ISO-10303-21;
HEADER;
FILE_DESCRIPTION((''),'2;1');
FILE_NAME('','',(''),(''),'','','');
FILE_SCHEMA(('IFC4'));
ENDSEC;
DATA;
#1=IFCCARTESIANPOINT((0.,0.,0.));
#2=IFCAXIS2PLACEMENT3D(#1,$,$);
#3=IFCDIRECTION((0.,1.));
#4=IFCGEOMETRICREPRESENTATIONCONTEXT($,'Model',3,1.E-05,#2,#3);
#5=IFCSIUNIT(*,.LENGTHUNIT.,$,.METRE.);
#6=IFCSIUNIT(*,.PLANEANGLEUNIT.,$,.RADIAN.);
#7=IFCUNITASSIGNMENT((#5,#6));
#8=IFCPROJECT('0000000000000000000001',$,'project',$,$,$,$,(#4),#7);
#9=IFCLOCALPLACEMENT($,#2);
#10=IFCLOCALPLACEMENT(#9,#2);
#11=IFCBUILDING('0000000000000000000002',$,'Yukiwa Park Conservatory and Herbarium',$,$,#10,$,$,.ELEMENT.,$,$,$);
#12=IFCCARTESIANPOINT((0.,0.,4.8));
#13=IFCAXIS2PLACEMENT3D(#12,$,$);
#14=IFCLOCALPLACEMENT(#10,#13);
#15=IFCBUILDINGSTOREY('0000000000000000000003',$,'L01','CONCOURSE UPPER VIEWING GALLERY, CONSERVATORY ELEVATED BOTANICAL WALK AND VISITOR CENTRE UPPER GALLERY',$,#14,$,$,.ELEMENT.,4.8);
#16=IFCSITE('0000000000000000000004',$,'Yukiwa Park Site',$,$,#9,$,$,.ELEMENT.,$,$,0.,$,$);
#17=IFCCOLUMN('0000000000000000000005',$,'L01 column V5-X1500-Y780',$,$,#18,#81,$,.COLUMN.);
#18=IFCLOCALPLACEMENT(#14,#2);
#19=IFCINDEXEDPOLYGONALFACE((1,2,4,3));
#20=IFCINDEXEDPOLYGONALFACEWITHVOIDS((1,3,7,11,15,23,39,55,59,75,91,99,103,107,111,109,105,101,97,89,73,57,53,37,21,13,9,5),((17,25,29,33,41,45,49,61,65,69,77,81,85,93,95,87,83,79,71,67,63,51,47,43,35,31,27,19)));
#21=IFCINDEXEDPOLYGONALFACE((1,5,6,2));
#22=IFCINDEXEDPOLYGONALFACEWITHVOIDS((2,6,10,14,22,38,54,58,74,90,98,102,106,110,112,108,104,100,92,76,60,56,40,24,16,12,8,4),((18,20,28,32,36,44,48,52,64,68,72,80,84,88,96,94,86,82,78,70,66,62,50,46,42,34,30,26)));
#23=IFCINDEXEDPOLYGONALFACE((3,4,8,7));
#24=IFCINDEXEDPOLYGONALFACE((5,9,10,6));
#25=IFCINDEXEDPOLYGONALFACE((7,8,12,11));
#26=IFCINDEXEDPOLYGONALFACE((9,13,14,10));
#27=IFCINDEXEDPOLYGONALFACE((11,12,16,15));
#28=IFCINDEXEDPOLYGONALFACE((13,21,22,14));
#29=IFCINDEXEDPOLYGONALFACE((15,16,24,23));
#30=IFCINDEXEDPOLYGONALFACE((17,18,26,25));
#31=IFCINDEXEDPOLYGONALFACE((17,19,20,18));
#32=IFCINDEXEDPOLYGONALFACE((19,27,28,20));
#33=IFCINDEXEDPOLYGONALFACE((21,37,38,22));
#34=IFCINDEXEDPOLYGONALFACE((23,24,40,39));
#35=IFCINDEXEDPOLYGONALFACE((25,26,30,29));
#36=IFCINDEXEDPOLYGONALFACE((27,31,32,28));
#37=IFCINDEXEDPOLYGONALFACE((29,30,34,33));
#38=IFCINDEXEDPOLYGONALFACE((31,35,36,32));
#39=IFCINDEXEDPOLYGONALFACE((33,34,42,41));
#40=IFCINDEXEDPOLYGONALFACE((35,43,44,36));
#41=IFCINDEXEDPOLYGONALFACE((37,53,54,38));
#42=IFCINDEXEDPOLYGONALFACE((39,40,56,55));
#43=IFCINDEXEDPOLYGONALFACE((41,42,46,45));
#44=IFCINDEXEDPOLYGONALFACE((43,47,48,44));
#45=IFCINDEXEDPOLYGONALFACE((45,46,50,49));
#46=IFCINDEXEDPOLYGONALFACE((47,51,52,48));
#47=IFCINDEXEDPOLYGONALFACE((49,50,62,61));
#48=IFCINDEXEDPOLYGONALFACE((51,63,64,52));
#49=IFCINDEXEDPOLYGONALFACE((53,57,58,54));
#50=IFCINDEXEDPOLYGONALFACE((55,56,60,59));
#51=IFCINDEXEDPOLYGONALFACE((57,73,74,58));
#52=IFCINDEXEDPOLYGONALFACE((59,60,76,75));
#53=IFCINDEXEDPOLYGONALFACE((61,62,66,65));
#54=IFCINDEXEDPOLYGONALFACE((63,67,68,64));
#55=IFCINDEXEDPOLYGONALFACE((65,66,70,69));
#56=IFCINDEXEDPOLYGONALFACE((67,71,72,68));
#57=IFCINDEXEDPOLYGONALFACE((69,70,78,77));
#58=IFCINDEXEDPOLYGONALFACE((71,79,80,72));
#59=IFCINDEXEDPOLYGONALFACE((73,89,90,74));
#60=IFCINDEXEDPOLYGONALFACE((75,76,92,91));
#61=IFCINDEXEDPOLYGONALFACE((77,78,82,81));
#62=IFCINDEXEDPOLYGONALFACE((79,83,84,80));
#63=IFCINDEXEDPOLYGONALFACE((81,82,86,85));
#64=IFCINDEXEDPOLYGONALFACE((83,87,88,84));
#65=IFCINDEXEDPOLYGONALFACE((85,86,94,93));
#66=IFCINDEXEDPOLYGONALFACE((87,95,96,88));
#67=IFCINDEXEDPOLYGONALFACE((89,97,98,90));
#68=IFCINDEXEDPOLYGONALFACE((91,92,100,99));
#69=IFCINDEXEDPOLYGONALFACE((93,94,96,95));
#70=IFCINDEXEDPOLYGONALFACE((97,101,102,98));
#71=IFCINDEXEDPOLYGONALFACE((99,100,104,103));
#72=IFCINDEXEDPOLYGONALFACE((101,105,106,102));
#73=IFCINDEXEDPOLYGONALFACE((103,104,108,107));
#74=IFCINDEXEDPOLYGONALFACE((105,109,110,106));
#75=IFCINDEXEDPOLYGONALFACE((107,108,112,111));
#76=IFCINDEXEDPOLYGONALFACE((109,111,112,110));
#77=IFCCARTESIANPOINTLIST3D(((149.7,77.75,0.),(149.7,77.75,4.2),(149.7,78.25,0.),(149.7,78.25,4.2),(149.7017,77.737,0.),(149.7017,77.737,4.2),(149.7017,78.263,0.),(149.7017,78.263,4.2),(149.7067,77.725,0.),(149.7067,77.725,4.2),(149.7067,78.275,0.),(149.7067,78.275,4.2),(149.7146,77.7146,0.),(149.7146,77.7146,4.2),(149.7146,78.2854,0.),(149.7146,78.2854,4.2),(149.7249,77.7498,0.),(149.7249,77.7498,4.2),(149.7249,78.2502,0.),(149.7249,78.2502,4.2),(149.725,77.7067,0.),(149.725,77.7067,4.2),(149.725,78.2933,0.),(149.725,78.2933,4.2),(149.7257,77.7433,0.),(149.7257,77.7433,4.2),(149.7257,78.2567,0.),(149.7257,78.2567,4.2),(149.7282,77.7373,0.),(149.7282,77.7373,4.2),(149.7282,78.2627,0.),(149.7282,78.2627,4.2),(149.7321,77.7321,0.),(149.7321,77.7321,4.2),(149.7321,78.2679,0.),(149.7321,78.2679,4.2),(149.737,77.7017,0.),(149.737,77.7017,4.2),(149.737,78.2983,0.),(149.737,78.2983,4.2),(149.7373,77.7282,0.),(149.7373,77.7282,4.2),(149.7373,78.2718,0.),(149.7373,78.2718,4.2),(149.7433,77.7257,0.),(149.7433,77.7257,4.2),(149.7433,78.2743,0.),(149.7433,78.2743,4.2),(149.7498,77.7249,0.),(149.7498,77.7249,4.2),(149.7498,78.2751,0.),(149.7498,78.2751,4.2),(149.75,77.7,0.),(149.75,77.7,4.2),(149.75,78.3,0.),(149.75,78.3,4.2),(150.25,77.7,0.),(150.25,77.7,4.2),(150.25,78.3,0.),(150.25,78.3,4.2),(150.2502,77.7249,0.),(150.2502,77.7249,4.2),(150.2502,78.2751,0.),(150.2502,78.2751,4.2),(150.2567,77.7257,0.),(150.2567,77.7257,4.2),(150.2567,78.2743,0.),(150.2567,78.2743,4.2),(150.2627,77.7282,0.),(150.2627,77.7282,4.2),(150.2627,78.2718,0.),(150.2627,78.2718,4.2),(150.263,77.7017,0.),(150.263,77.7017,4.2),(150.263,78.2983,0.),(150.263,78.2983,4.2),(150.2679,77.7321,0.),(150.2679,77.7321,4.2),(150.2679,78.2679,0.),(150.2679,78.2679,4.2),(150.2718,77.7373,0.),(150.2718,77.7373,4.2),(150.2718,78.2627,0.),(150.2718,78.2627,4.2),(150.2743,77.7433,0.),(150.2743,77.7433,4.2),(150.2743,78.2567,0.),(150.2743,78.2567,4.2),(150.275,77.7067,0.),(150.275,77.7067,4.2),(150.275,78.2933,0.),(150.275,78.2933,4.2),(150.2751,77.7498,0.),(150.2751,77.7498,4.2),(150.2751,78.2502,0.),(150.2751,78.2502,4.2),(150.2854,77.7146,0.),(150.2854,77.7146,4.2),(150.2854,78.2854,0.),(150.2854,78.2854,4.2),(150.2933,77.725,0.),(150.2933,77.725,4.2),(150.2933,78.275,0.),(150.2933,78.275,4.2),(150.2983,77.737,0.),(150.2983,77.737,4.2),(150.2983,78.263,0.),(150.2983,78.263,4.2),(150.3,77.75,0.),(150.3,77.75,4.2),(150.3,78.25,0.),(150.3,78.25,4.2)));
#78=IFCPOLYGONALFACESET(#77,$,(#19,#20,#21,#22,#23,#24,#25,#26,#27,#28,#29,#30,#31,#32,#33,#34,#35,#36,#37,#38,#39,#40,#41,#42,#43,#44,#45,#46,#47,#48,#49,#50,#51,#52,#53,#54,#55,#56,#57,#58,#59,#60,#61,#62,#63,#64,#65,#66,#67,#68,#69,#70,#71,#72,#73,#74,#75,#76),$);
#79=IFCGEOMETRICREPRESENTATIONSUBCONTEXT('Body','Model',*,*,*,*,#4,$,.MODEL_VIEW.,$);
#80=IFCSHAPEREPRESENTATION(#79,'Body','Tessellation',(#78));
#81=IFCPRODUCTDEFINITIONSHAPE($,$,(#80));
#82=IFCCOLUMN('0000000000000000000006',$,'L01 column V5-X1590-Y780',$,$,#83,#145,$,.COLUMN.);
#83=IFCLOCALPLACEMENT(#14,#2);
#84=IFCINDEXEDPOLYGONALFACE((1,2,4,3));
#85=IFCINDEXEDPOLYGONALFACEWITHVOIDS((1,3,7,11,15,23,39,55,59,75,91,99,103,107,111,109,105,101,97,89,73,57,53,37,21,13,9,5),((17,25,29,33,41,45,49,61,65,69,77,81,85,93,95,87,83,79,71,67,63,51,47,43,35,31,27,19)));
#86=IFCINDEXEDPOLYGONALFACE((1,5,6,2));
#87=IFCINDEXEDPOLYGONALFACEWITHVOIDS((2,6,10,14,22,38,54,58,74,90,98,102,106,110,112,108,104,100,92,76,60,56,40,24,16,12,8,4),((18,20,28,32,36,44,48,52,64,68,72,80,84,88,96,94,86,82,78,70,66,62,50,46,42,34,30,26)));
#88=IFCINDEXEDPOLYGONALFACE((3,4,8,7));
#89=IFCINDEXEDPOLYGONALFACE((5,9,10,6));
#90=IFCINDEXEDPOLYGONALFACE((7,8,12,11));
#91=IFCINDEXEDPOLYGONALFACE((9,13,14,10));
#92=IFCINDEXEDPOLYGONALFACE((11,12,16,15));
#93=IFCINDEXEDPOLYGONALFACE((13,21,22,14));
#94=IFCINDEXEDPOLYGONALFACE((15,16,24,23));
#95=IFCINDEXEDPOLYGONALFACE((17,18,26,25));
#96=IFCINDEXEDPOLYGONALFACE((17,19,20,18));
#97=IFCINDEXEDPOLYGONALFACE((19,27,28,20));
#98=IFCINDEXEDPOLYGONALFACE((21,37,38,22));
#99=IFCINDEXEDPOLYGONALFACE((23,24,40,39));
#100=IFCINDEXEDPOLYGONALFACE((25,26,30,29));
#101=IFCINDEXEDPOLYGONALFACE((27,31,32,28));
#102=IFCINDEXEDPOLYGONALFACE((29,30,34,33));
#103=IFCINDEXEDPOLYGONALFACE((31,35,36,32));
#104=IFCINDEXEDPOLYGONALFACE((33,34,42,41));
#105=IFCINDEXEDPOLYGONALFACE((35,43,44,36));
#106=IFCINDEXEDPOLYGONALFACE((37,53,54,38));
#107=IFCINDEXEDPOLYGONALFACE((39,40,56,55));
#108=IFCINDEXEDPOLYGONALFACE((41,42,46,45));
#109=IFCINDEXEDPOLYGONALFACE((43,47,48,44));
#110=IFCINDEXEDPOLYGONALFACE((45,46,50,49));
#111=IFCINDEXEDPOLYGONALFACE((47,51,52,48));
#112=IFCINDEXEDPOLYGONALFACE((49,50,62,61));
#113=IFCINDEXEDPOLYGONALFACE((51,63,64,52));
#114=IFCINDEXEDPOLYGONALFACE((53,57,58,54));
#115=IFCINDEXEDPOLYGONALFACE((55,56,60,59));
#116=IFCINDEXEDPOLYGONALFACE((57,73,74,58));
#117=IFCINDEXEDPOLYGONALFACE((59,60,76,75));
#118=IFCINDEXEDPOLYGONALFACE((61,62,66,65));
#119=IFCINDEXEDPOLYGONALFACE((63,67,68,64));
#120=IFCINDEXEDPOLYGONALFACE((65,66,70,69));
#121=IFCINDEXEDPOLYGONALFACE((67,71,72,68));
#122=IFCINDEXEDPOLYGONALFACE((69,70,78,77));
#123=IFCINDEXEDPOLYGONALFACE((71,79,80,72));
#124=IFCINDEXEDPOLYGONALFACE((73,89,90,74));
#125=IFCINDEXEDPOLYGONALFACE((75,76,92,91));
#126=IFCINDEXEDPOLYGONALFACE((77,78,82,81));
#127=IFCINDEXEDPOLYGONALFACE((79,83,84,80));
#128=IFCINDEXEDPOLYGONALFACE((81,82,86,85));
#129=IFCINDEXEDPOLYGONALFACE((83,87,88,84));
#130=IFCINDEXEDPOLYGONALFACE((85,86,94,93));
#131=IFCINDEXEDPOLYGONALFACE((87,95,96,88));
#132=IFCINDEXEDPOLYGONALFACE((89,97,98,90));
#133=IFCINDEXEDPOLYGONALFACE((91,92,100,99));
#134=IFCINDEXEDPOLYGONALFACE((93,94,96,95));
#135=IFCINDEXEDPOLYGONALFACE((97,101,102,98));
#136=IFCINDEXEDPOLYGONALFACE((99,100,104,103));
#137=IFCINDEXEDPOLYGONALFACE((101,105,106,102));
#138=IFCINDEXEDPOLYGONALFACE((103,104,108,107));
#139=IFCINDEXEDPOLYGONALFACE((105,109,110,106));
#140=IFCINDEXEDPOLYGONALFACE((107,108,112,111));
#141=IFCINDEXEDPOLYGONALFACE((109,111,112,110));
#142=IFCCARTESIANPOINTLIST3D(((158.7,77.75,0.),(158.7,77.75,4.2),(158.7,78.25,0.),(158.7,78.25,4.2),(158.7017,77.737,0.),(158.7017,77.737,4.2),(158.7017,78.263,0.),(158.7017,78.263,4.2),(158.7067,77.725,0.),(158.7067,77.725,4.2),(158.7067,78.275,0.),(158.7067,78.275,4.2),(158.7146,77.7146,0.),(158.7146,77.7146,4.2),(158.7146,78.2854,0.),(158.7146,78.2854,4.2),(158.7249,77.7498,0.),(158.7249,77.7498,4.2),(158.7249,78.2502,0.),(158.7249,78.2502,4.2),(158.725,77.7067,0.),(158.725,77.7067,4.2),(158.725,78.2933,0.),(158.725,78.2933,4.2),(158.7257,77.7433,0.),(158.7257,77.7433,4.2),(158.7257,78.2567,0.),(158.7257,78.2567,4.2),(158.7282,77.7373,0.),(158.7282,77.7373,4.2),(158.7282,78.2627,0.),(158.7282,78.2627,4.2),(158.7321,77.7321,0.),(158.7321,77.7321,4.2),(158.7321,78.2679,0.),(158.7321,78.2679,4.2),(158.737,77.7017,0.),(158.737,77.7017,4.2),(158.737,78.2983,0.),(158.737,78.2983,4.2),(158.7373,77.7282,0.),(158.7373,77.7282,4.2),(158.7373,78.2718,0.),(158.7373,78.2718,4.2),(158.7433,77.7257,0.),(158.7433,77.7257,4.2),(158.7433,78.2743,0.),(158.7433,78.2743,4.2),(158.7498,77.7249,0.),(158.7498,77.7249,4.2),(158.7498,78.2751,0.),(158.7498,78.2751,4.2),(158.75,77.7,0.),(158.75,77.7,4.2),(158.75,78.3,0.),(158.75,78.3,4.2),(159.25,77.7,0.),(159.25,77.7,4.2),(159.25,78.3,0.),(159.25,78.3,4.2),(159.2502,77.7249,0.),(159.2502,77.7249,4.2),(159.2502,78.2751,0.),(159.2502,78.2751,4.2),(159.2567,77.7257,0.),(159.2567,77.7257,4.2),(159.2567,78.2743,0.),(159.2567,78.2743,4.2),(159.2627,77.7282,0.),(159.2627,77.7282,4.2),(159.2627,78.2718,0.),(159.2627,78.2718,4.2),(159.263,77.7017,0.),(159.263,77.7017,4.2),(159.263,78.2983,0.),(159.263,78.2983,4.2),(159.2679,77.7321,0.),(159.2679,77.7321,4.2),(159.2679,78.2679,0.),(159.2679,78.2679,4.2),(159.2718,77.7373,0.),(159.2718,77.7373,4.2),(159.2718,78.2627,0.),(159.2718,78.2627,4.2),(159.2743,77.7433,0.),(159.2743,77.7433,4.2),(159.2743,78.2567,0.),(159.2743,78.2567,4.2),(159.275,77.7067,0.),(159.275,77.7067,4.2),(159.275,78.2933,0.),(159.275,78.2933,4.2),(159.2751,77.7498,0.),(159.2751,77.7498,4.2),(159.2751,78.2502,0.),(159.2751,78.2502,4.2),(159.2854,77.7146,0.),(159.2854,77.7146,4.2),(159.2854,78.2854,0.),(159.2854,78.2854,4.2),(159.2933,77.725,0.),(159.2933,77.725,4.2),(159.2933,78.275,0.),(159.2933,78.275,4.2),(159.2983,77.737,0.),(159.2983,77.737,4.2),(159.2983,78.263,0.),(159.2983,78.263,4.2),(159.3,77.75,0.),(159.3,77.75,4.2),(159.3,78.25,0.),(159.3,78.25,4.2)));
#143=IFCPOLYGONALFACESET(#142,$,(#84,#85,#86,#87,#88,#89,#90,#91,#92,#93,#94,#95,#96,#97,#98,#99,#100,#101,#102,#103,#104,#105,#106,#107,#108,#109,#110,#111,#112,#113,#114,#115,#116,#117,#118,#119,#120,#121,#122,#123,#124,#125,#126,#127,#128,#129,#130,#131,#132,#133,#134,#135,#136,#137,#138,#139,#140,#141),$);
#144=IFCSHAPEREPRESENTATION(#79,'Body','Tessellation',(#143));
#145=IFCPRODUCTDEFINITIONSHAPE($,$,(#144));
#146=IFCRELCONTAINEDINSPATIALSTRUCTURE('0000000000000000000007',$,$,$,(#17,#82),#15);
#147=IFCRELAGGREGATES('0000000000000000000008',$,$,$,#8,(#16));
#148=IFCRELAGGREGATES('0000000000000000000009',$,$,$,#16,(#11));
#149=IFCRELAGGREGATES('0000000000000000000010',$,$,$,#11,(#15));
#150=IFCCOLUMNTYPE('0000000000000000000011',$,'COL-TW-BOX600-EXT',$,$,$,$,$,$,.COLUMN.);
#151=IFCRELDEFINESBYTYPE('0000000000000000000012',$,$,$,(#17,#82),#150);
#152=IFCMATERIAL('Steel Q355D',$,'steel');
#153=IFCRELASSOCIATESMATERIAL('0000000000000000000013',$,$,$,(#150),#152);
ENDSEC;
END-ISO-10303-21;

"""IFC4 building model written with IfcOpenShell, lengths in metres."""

from ifc_helpers import new_model, si_unit, direction, frame, origin, origin_2d, place, context, subcontext, project, spatial, hollow_rectangle, extrude, material, material_profile, profile_set, type_object, element, save


model = new_model("IFC4")

# Units and contexts
model_context = context("Model", 3, precision=1e-05, world=origin(), true_north=direction((0.0, 1.0)))
body_context = subcontext(model_context, "Body", "Model", "MODEL_VIEW")
ifc_project = project(units=[si_unit("LENGTHUNIT", "METRE"), si_unit("PLANEANGLEUNIT", "RADIAN")], contexts=[model_context])

# Site, building, storey
site_placement = place(None, origin())
site = spatial("IfcSite", under=ifc_project, at=site_placement, Name="Yukiwa Park Site", CompositionType="ELEMENT", RefElevation=0.0)
building_placement = place(site_placement, origin())
building = spatial("IfcBuilding", under=site, at=building_placement, Name="Yukiwa Park Conservatory and Herbarium", CompositionType="ELEMENT")
storey_placement = place(building_placement, frame((0.0, 0.0, 4.8)))
storey = spatial("IfcBuildingStorey", under=building, at=storey_placement, Name="L01", Description="CONCOURSE UPPER VIEWING GALLERY, CONSERVATORY ELEVATED BOTANICAL WALK AND VISITOR CENTRE UPPER GALLERY", CompositionType="ELEMENT", Elevation=4.8)

# Columns
ifc_material_1 = material(Name="Steel Q355D", Category="steel")
ifc_material_profile_1 = material_profile(ifc_material_1, hollow_rectangle(XDim=0.6001, YDim=0.6001, WallThickness=0.0249, InnerFilletRadius=0.0249, OuterFilletRadius=0.05, at=origin_2d()), Name="BOX 600x600x25")
ifc_profile_set_1 = profile_set([ifc_material_profile_1], Name="Steel Q355D")
column_type_1 = type_object("IfcColumnType", Name="COL-TW-BOX600-EXT", PredefinedType="COLUMN", material=ifc_profile_set_1)
for number, where, z_axis, x_axis, name in (
    (1, (150.0, 78.0, 0.0), (0.0, 0.0, 1.0), (1.0, 0.0, 0.0), "L01 column V5-X1500-Y780"),
    (2, (159.0, 78.0, 0.0), (0.0, 0.0, 1.0), (1.0, 0.0, 0.0), "L01 column V5-X1590-Y780"),
):
    element("IfcColumn", number, at=place(storey_placement, frame(where, z_axis=z_axis, x_axis=x_axis)), inside=storey, type_object=column_type_1, Name=name, PredefinedType="COLUMN", context=body_context, shape_type="SweptSolid", body=[
        extrude(hollow_rectangle(XDim=0.6001, YDim=0.6001, WallThickness=0.0249, InnerFilletRadius=0.0249, OuterFilletRadius=0.05, at=origin_2d()), origin(), (0.0, 0.0, 1.0), 4.2),
    ])

save(model, "model.ifc")
